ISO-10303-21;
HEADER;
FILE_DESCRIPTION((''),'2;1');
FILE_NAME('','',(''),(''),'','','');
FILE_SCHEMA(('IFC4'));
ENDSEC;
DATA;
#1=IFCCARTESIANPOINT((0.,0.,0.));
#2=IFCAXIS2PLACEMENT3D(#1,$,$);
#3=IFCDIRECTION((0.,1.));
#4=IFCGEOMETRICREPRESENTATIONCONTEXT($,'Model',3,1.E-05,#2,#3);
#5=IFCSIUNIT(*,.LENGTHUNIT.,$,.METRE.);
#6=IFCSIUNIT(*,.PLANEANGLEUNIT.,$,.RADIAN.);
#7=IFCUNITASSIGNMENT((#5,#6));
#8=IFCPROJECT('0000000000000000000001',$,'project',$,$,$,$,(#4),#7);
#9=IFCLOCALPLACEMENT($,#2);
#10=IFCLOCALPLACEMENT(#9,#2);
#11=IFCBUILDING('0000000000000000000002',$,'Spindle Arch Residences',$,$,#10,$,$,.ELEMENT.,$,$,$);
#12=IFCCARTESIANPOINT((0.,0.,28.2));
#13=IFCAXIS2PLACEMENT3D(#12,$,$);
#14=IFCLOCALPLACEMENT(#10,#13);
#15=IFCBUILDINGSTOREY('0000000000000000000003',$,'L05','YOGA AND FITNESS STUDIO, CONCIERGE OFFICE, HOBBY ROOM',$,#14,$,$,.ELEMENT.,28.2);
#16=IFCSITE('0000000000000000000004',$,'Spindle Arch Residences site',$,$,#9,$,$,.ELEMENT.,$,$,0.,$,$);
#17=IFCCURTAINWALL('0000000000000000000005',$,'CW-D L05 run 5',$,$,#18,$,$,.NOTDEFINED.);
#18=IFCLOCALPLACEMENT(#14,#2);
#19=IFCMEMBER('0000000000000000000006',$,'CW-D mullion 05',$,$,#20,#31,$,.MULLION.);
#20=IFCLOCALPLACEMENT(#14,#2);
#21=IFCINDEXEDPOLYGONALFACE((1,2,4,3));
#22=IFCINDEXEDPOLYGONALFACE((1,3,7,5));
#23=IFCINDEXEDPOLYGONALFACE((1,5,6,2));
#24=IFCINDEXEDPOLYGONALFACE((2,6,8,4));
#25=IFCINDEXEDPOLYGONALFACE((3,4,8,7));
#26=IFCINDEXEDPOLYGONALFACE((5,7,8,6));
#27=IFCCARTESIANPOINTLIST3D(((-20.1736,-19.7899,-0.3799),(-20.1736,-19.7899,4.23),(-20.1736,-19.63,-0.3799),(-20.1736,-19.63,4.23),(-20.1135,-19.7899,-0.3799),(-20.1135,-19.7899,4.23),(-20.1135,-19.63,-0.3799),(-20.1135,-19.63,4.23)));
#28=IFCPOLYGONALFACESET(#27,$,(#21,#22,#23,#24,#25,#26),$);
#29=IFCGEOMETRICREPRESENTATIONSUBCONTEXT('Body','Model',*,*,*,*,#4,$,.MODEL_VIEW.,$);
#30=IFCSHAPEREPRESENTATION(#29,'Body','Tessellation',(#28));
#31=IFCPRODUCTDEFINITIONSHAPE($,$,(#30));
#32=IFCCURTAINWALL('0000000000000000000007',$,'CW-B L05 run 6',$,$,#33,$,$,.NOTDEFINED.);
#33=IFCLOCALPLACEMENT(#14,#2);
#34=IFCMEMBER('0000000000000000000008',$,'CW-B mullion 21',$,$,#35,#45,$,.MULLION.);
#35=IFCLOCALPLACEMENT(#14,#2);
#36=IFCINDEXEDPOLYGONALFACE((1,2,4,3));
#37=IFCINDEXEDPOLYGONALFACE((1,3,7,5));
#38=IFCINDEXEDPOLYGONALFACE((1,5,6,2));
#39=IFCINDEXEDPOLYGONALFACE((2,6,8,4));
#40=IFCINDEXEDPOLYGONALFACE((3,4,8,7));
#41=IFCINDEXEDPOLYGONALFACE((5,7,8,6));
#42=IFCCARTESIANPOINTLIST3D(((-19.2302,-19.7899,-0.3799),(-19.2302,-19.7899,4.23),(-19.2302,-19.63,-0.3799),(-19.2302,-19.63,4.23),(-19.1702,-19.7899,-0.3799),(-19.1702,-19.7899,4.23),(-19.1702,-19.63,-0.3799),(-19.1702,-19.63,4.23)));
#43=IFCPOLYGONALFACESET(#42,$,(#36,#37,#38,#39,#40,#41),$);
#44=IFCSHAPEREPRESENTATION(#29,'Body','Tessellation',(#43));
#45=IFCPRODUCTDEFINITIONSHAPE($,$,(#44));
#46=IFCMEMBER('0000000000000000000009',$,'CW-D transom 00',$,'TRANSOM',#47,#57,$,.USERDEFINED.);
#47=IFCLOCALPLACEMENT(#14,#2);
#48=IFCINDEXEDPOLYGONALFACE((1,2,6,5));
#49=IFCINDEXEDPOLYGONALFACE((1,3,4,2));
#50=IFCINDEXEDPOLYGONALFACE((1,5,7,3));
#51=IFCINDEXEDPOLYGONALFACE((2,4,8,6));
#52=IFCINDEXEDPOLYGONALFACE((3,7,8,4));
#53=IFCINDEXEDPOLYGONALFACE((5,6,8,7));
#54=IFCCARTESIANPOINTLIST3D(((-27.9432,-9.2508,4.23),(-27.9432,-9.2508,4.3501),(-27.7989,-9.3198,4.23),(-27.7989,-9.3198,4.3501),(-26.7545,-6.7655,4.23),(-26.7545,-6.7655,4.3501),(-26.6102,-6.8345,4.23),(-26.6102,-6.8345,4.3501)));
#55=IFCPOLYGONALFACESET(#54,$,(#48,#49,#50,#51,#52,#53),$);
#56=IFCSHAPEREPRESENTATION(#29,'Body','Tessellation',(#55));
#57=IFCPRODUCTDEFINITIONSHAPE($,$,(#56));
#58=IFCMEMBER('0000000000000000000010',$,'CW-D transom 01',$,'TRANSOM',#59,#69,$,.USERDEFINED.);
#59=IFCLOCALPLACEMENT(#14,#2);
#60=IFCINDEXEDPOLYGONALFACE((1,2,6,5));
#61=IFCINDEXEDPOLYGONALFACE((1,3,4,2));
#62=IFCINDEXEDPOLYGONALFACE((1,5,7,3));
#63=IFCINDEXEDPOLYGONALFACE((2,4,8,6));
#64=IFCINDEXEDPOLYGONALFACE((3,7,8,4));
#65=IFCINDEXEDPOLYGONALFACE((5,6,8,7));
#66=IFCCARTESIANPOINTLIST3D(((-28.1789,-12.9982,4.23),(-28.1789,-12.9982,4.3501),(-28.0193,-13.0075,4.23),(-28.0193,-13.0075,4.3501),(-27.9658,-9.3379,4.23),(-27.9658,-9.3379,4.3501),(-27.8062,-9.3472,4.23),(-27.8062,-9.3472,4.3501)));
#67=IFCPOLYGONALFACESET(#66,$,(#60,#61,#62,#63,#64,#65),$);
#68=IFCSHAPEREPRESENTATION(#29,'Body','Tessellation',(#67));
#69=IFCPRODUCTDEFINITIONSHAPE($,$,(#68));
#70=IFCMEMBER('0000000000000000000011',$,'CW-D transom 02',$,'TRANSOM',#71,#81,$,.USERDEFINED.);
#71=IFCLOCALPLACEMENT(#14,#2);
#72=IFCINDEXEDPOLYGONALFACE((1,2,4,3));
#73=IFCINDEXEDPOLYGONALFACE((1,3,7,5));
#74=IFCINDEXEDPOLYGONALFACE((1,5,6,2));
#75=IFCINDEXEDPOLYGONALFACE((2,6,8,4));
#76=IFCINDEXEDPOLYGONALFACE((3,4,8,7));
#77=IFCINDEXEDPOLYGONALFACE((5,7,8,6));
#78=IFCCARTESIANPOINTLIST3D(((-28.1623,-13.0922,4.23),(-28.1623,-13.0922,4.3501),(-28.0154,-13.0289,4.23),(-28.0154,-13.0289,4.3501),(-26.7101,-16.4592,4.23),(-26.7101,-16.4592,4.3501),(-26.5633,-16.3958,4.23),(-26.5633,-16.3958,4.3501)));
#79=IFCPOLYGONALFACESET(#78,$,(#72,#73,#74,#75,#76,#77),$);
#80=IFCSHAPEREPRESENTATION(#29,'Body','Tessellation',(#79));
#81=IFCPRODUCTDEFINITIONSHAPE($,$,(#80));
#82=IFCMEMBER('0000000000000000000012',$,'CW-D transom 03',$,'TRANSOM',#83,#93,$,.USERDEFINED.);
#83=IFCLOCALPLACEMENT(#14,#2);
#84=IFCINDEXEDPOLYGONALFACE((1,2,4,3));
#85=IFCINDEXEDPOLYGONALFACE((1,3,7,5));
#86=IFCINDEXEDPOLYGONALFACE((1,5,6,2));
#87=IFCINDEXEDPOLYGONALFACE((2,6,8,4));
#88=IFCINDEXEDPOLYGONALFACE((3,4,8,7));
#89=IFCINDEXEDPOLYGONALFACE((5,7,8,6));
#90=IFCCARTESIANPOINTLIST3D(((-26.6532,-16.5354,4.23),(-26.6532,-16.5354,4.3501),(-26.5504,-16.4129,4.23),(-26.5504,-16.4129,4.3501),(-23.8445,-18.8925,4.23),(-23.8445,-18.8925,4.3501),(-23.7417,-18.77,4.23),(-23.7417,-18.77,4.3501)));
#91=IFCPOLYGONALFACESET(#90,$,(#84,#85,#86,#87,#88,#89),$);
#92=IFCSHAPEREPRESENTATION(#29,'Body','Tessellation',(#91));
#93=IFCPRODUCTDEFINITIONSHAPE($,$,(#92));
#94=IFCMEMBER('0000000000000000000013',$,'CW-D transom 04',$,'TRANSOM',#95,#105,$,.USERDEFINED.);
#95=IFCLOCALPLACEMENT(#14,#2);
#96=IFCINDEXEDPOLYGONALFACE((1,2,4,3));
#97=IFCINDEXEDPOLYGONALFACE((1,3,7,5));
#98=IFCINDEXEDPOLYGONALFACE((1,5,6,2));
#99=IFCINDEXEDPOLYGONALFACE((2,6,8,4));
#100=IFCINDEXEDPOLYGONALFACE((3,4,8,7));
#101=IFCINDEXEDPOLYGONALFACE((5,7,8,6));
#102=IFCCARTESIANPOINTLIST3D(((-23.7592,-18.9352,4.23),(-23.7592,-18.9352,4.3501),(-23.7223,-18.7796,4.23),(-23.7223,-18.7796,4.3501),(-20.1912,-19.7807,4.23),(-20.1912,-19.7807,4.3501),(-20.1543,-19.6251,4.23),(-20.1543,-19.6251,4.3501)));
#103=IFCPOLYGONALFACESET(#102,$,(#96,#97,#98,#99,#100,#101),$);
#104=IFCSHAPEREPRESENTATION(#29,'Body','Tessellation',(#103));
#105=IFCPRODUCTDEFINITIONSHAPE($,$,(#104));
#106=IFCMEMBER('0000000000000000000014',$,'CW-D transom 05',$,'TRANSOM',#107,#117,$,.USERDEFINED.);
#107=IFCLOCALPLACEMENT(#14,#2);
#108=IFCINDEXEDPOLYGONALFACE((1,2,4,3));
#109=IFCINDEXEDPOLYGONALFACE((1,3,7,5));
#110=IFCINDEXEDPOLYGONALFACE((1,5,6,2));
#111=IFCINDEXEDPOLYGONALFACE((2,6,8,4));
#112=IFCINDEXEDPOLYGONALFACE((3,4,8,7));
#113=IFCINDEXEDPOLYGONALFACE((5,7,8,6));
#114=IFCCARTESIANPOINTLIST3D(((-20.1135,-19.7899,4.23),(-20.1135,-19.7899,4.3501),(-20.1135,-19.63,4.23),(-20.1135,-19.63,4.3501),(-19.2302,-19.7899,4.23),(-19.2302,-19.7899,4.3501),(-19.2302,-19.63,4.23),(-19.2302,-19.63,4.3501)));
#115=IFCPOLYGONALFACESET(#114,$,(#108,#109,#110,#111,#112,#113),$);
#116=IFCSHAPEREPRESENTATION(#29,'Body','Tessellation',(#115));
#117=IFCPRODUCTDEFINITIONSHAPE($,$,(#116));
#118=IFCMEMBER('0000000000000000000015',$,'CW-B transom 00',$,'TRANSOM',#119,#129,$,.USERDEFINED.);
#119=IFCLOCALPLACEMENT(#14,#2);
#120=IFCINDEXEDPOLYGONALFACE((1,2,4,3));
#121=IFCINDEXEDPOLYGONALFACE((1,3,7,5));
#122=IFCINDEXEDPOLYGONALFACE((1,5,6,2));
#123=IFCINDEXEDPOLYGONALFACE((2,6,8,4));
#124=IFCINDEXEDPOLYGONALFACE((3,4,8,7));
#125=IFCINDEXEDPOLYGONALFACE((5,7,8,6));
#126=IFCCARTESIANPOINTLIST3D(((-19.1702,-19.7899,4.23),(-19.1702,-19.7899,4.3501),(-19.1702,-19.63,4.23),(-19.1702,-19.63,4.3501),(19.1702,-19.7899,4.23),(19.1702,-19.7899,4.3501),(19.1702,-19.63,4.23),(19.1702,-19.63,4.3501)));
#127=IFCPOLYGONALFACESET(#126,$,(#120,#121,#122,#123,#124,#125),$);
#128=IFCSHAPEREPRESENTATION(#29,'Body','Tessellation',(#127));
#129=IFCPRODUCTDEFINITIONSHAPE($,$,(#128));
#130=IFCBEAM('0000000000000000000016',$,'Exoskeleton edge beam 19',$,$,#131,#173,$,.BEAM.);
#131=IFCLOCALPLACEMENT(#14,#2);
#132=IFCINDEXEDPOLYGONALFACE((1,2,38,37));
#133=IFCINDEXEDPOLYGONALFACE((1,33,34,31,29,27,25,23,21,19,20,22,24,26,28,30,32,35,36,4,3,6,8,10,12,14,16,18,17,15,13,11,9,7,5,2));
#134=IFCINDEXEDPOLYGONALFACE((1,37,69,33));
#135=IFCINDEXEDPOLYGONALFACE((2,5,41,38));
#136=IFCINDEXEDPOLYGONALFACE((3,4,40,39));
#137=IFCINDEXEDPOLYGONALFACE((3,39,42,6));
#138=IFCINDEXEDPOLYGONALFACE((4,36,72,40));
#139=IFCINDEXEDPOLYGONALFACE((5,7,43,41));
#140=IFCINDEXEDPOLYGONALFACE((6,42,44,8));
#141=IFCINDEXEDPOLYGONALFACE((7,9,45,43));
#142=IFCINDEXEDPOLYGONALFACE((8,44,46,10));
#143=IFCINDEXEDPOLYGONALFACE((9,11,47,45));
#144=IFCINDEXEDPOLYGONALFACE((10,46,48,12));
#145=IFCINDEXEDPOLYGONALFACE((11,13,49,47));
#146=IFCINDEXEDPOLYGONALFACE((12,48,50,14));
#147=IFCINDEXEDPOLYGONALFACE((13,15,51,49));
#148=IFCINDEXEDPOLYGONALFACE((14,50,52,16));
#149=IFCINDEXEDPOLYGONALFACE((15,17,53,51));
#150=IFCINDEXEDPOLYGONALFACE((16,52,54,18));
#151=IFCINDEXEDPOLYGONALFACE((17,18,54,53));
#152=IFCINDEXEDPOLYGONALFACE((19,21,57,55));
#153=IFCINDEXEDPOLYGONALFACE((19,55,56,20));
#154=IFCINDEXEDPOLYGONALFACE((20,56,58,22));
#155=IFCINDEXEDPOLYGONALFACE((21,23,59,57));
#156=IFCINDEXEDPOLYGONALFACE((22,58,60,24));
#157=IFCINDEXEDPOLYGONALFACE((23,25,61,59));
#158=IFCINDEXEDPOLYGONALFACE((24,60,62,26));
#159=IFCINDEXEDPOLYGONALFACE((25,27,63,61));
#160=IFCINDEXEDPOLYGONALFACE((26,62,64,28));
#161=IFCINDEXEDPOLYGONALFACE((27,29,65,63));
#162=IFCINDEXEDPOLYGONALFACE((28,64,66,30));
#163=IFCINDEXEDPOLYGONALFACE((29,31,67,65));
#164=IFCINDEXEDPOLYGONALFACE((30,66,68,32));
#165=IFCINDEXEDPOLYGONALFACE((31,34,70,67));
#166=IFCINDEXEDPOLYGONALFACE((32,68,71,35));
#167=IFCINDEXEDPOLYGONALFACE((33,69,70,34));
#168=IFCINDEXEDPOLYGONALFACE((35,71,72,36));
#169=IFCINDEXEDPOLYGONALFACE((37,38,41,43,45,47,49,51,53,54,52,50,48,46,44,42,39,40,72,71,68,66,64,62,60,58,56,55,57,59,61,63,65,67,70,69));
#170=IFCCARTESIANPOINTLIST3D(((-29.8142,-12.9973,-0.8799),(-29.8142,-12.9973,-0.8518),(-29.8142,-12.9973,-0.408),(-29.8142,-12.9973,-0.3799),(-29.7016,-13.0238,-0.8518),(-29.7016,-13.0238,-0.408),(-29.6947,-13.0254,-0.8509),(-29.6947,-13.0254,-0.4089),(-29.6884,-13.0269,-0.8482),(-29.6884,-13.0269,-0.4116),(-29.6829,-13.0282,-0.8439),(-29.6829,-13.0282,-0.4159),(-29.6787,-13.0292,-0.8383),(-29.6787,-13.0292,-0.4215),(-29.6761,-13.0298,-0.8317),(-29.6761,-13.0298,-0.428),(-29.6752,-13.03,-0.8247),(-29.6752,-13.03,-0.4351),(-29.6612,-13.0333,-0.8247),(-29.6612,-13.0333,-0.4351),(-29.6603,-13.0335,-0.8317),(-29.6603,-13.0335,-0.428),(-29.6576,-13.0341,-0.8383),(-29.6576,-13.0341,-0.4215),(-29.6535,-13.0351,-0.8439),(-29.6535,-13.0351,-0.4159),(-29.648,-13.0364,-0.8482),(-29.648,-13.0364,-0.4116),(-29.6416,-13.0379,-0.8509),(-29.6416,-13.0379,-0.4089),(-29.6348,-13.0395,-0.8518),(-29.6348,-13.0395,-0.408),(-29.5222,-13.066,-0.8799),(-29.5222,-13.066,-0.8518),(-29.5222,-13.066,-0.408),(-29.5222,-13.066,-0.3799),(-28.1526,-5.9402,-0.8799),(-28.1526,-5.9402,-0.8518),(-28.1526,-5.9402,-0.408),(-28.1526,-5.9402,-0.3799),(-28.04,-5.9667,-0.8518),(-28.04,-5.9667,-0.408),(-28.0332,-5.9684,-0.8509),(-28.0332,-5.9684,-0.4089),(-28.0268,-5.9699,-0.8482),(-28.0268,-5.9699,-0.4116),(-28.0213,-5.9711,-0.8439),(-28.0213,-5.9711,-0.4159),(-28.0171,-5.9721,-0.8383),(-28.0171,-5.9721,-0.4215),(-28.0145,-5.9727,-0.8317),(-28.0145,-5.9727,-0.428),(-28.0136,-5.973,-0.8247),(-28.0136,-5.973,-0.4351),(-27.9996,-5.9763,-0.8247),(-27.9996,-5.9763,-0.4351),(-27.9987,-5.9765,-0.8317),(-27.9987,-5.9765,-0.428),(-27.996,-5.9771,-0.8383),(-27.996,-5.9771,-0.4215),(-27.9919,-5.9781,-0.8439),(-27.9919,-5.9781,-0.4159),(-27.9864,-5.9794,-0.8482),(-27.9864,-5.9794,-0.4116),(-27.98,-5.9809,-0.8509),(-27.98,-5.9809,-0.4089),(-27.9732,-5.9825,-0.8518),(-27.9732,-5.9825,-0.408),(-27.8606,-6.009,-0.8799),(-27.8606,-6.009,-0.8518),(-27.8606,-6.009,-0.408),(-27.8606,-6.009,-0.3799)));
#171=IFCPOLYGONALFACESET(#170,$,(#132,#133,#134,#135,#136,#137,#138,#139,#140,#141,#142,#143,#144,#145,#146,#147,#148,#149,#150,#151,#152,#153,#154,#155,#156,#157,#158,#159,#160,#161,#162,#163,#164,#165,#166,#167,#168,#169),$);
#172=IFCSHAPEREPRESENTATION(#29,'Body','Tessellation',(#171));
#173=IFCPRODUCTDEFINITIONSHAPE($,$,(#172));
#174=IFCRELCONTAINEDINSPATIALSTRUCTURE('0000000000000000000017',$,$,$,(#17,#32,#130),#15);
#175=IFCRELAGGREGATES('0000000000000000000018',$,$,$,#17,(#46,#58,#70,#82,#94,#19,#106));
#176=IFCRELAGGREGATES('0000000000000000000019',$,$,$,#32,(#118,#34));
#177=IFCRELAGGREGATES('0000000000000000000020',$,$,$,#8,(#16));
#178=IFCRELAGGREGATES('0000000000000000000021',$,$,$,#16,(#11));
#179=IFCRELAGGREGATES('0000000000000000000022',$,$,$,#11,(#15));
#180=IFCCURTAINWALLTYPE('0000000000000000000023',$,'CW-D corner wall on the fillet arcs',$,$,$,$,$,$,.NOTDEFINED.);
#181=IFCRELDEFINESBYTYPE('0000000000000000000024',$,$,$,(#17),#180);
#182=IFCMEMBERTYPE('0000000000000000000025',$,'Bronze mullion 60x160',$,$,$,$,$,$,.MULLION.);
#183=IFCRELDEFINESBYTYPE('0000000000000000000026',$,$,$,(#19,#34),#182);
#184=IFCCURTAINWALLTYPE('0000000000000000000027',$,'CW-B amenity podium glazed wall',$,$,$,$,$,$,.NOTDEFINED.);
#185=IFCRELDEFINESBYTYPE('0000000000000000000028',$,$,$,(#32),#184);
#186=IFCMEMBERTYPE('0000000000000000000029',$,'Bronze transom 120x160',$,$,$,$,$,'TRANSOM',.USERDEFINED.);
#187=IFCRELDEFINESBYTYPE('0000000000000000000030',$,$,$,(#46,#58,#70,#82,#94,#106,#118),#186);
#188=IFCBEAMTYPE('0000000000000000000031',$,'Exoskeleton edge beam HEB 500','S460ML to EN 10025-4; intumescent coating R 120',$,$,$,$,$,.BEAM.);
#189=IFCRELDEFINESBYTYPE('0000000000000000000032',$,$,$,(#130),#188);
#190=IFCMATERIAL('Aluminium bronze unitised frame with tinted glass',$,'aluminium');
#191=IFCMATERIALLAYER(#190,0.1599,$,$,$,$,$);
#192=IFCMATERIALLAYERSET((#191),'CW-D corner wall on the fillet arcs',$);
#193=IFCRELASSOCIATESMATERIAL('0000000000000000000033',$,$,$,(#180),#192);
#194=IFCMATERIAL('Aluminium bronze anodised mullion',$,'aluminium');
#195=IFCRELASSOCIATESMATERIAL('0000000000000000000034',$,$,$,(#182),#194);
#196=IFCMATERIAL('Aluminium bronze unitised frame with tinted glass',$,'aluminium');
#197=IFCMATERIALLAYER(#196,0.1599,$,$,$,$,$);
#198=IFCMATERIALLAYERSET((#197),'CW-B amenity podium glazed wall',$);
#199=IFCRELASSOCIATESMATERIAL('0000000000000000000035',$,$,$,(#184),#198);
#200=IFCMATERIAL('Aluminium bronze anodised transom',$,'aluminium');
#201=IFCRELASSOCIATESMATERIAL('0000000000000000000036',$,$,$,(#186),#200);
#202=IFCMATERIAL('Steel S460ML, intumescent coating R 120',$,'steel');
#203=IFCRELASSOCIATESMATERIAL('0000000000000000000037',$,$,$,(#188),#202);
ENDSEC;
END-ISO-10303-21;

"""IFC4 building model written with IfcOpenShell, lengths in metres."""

from ifc_helpers import new_model, si_unit, direction, frame, origin, origin_2d, place, context, subcontext, project, spatial, rectangle, i_section, extrude, material, layer, layer_set, material_profile, profile_set, type_object, element, aggregate, save


model = new_model("IFC4")

# Units and contexts
model_context = context("Model", 3, precision=1e-05, world=origin(), true_north=direction((0.0, 1.0)))
body_context = subcontext(model_context, "Body", "Model", "MODEL_VIEW")
ifc_project = project(units=[si_unit("LENGTHUNIT", "METRE"), si_unit("PLANEANGLEUNIT", "RADIAN")], contexts=[model_context])

# Site, building, storey
site_placement = place(None, origin())
site = spatial("IfcSite", under=ifc_project, at=site_placement, Name="Spindle Arch Residences site", CompositionType="ELEMENT", RefElevation=0.0)
building_placement = place(site_placement, origin())
building = spatial("IfcBuilding", under=site, at=building_placement, Name="Spindle Arch Residences", CompositionType="ELEMENT")
storey_placement = place(building_placement, frame((0.0, 0.0, 28.2)))
storey = spatial("IfcBuildingStorey", under=building, at=storey_placement, Name="L05", Description="YOGA AND FITNESS STUDIO, CONCIERGE OFFICE, HOBBY ROOM", CompositionType="ELEMENT", Elevation=28.2)

# Curtain wall, member
ifc_material_1 = material(Name="Aluminium bronze unitised frame with tinted glass", Category="aluminium")
ifc_layer_1 = layer(ifc_material_1, 0.1599)
ifc_layer_set_1 = layer_set([ifc_layer_1], Name="CW-D corner wall on the fillet arcs")
curtain_wall_type_1 = type_object("IfcCurtainWallType", Name="CW-D corner wall on the fillet arcs", PredefinedType="NOTDEFINED", material=ifc_layer_set_1)
curtain_wall_1_placement = place(storey_placement, origin())
curtain_wall_1 = element("IfcCurtainWall", 1, at=curtain_wall_1_placement, inside=storey, type_object=curtain_wall_type_1, Name="CW-D L05 run 5", PredefinedType="NOTDEFINED")
ifc_material_2 = material(Name="Aluminium bronze anodised mullion", Category="aluminium")
ifc_material_profile_1 = material_profile(ifc_material_2, rectangle(XDim=0.1599, YDim=0.0601, at=origin_2d()), Name="MU 60x160")
ifc_profile_set_1 = profile_set([ifc_material_profile_1], Name="Aluminium bronze anodised mullion")
member_type_1 = type_object("IfcMemberType", Name="Bronze mullion 60x160", PredefinedType="MULLION", material=ifc_profile_set_1)
member_1_placement = place(storey_placement, frame((-20.1436, -19.71, -0.3799), z_axis=(0.0, 0.0, 1.0), x_axis=(0.0, 1.0, 0.0)))
member_1 = element("IfcMember", 2, at=member_1_placement, type_object=member_type_1, Name="CW-D mullion 05", PredefinedType="MULLION", context=body_context, shape_type="SweptSolid", body=[
    extrude(rectangle(XDim=0.1599, YDim=0.0601, at=origin_2d()), origin(), (0.0, 0.0, 1.0), 4.6099),
])

# Curtain wall, member
ifc_material_3 = material(Name="Aluminium bronze unitised frame with tinted glass", Category="aluminium")
ifc_layer_2 = layer(ifc_material_3, 0.1599)
ifc_layer_set_2 = layer_set([ifc_layer_2], Name="CW-B amenity podium glazed wall")
curtain_wall_type_2 = type_object("IfcCurtainWallType", Name="CW-B amenity podium glazed wall", PredefinedType="NOTDEFINED", material=ifc_layer_set_2)
curtain_wall_2_placement = place(storey_placement, origin())
curtain_wall_2 = element("IfcCurtainWall", 3, at=curtain_wall_2_placement, inside=storey, type_object=curtain_wall_type_2, Name="CW-B L05 run 6", PredefinedType="NOTDEFINED")
member_2_placement = place(storey_placement, frame((-19.2002, -19.71, -0.3799), z_axis=(0.0, 0.0, 1.0), x_axis=(0.0, 1.0, 0.0)))
member_2 = element("IfcMember", 4, at=member_2_placement, type_object=member_type_1, Name="CW-B mullion 21", PredefinedType="MULLION", context=body_context, shape_type="SweptSolid", body=[
    extrude(rectangle(XDim=0.1599, YDim=0.0601, at=origin_2d()), origin(), (0.0, 0.0, 1.0), 4.6099),
])

# Members
ifc_material_4 = material(Name="Aluminium bronze anodised transom", Category="aluminium")
ifc_material_profile_2 = material_profile(ifc_material_4, rectangle(XDim=0.1599, YDim=0.1201, at=origin_2d()), Name="TR 120x160")
ifc_profile_set_2 = profile_set([ifc_material_profile_2], Name="Aluminium bronze anodised transom")
member_type_2 = type_object("IfcMemberType", Name="Bronze transom 120x160", ElementType="TRANSOM", PredefinedType="USERDEFINED", material=ifc_profile_set_2)
member_3_placement = place(storey_placement, frame((-26.6824, -6.8, 4.29), z_axis=(-0.431477, -0.902124, 0.0), x_axis=(0.902124, -0.431477, 0.0)))
member_3 = element("IfcMember", 5, at=member_3_placement, type_object=member_type_2, Name="CW-D transom 00", ObjectType="TRANSOM", PredefinedType="USERDEFINED", context=body_context, shape_type="SweptSolid", body=[
    extrude(rectangle(XDim=0.1599, YDim=0.1201, at=origin_2d()), origin(), (0.0, 0.0, 1.0), 2.7549),
])
member_4_placement = place(storey_placement, frame((-27.886, -9.3425, 4.29), z_axis=(-0.058129, -0.998309, 0.0), x_axis=(0.998309, -0.058129, 0.0)))
member_4 = element("IfcMember", 6, at=member_4_placement, type_object=member_type_2, Name="CW-D transom 01", ObjectType="TRANSOM", PredefinedType="USERDEFINED", context=body_context, shape_type="SweptSolid", body=[
    extrude(rectangle(XDim=0.1599, YDim=0.1201, at=origin_2d()), origin(), (0.0, 0.0, 1.0), 3.6665),
])
member_5_placement = place(storey_placement, frame((-28.0889, -13.0605, 4.29), z_axis=(0.396032, -0.918237, 0.0), x_axis=(0.918237, 0.396032, 0.0)))
member_5 = element("IfcMember", 7, at=member_5_placement, type_object=member_type_2, Name="CW-D transom 02", ObjectType="TRANSOM", PredefinedType="USERDEFINED", context=body_context, shape_type="SweptSolid", body=[
    extrude(rectangle(XDim=0.1599, YDim=0.1201, at=origin_2d()), origin(), (0.0, 0.0, 1.0), 3.6667),
])
member_6_placement = place(storey_placement, frame((-26.6018, -16.4741, 4.29), z_axis=(0.766006, -0.642833, 0.0), x_axis=(0.642833, 0.766006, 0.0)))
member_6 = element("IfcMember", 8, at=member_6_placement, type_object=member_type_2, Name="CW-D transom 03", ObjectType="TRANSOM", PredefinedType="USERDEFINED", context=body_context, shape_type="SweptSolid", body=[
    extrude(rectangle(XDim=0.1599, YDim=0.1201, at=origin_2d()), origin(), (0.0, 0.0, 1.0), 3.6667),
])
member_7_placement = place(storey_placement, frame((-23.7407, -18.8574, 4.29), z_axis=(0.973054, -0.230579, 0.0), x_axis=(0.230579, 0.973054, 0.0)))
member_7 = element("IfcMember", 9, at=member_7_placement, type_object=member_type_2, Name="CW-D transom 04", ObjectType="TRANSOM", PredefinedType="USERDEFINED", context=body_context, shape_type="SweptSolid", body=[
    extrude(rectangle(XDim=0.1599, YDim=0.1201, at=origin_2d()), origin(), (0.0, 0.0, 1.0), 3.6667),
])
member_8_placement = place(storey_placement, frame((-20.1135, -19.71, 4.29), z_axis=(1.0, 0.0, 0.0), x_axis=(0.0, 1.0, 0.0)))
member_8 = element("IfcMember", 10, at=member_8_placement, type_object=member_type_2, Name="CW-D transom 05", ObjectType="TRANSOM", PredefinedType="USERDEFINED", context=body_context, shape_type="SweptSolid", body=[
    extrude(rectangle(XDim=0.1599, YDim=0.1201, at=origin_2d()), origin(), (0.0, 0.0, 1.0), 0.8833),
])
member_9_placement = place(storey_placement, frame((-19.1702, -19.71, 4.29), z_axis=(1.0, 0.0, 0.0), x_axis=(0.0, 1.0, 0.0)))
member_9 = element("IfcMember", 11, at=member_9_placement, type_object=member_type_2, Name="CW-B transom 00", ObjectType="TRANSOM", PredefinedType="USERDEFINED", context=body_context, shape_type="SweptSolid", body=[
    extrude(rectangle(XDim=0.1599, YDim=0.1201, at=origin_2d()), origin(), (0.0, 0.0, 1.0), 38.3403),
])

# Beam
ifc_material_5 = material(Name="Steel S460ML, intumescent coating R 120", Category="steel")
ifc_material_profile_3 = material_profile(ifc_material_5, i_section(OverallWidth=0.3, OverallDepth=0.5, WebThickness=0.0144, FlangeThickness=0.0281, FilletRadius=0.0271, at=origin_2d()), Name="HEB 500")
ifc_profile_set_3 = profile_set([ifc_material_profile_3], Name="Steel S460ML, intumescent coating R 120")
beam_type_1 = type_object("IfcBeamType", Name="Exoskeleton edge beam HEB 500", Description="S460ML to EN 10025-4; intumescent coating R 120", PredefinedType="BEAM", material=ifc_profile_set_3)
beam_1_placement = place(storey_placement, frame((-28.0066, -5.9746, -0.6299), z_axis=(-0.229186, -0.973383, 0.0), x_axis=(0.973383, -0.229186, 0.0)))
element("IfcBeam", 12, at=beam_1_placement, inside=storey, type_object=beam_type_1, Name="Exoskeleton edge beam 19", PredefinedType="BEAM", context=body_context, shape_type="SweptSolid", body=[
    extrude(i_section(OverallWidth=0.3, OverallDepth=0.5, WebThickness=0.0144, FlangeThickness=0.0281, FilletRadius=0.0271, at=origin_2d()), origin(), (0.0, 0.0, 1.0), 7.25),
])

aggregate(curtain_wall_1, [member_3, member_4, member_5, member_6, member_7, member_1, member_8])
aggregate(curtain_wall_2, [member_9, member_2])

save(model, "model.ifc")
